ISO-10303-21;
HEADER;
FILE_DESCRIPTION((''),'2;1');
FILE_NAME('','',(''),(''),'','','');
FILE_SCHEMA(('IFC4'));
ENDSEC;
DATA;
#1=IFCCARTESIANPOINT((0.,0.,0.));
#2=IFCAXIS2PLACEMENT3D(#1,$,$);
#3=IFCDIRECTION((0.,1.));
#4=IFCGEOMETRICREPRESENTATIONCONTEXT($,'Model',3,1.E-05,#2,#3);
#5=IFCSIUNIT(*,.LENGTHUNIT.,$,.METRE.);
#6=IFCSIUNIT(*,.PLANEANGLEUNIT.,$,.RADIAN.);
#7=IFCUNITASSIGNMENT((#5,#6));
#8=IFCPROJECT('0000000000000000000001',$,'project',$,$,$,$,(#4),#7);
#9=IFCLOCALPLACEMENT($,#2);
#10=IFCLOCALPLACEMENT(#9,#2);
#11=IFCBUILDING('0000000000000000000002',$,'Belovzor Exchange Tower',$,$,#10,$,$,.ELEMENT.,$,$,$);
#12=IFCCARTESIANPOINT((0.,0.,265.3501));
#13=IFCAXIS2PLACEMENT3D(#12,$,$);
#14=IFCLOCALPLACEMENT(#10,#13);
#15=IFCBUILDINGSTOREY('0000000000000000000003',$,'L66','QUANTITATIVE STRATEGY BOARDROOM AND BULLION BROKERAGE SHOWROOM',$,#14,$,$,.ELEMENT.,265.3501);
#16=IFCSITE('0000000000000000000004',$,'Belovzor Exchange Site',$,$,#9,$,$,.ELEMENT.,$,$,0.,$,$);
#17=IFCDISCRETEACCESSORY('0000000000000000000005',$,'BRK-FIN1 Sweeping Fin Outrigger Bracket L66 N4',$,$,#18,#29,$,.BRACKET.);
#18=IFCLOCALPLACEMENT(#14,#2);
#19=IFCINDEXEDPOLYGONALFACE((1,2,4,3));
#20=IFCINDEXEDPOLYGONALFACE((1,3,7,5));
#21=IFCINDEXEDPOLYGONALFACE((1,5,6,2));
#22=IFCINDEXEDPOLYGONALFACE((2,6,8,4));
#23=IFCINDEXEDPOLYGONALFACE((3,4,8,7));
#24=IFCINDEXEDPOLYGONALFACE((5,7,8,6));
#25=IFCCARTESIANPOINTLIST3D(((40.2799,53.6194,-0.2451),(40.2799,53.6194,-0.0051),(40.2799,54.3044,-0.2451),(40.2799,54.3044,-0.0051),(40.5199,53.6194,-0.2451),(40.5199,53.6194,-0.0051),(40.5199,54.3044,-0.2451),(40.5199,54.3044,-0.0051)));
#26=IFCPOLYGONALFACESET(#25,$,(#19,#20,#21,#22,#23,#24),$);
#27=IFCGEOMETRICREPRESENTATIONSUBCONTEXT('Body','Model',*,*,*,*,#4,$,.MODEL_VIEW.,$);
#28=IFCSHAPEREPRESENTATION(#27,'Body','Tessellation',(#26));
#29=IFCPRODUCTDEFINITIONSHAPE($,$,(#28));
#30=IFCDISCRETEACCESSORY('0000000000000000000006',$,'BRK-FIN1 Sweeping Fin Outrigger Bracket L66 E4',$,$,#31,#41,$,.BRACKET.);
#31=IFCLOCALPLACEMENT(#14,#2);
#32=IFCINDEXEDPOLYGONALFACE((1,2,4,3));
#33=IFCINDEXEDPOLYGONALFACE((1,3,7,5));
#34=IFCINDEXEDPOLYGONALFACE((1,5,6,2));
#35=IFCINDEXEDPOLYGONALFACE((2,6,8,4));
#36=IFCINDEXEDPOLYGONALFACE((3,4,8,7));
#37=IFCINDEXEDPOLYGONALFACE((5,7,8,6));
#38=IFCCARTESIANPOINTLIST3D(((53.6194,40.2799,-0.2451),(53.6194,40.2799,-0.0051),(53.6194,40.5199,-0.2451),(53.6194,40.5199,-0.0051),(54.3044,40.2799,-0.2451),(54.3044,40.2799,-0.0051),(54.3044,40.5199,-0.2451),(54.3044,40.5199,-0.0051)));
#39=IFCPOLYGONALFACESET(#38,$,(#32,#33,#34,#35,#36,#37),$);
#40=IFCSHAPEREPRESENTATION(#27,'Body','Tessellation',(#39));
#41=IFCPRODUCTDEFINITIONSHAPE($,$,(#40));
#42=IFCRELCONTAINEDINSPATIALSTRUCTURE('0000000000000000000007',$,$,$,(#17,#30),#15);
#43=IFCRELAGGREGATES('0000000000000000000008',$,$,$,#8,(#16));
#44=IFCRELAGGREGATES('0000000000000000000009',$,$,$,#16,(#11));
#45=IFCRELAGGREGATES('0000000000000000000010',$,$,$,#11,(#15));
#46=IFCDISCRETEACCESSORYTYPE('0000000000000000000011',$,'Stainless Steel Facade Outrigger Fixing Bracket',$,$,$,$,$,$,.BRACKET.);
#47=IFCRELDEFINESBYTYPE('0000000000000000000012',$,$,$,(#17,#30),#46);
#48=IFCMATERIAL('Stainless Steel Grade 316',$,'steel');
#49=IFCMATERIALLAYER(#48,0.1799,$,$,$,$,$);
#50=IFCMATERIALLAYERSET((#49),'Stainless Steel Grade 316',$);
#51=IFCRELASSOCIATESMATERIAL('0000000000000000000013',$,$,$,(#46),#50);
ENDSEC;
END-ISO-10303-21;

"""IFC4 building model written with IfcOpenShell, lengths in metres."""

from ifc_helpers import new_model, si_unit, direction, frame, origin, origin_2d, place, context, subcontext, project, spatial, rectangle, extrude, material, layer, layer_set, type_object, element, save


model = new_model("IFC4")

# Units and contexts
model_context = context("Model", 3, precision=1e-05, world=origin(), true_north=direction((0.0, 1.0)))
body_context = subcontext(model_context, "Body", "Model", "MODEL_VIEW")
ifc_project = project(units=[si_unit("LENGTHUNIT", "METRE"), si_unit("PLANEANGLEUNIT", "RADIAN")], contexts=[model_context])

# Site, building, storey
site_placement = place(None, origin())
site = spatial("IfcSite", under=ifc_project, at=site_placement, Name="Belovzor Exchange Site", CompositionType="ELEMENT", RefElevation=0.0)
building_placement = place(site_placement, origin())
building = spatial("IfcBuilding", under=site, at=building_placement, Name="Belovzor Exchange Tower", CompositionType="ELEMENT")
storey_placement = place(building_placement, frame((0.0, 0.0, 265.3501)))
storey = spatial("IfcBuildingStorey", under=building, at=storey_placement, Name="L66", Description="QUANTITATIVE STRATEGY BOARDROOM AND BULLION BROKERAGE SHOWROOM", CompositionType="ELEMENT", Elevation=265.3501)

# Discrete accessories
ifc_material_1 = material(Name="Stainless Steel Grade 316", Category="steel")
ifc_layer_1 = layer(ifc_material_1, 0.1799)
ifc_layer_set_1 = layer_set([ifc_layer_1], Name="Stainless Steel Grade 316")
discrete_accessory_type = type_object("IfcDiscreteAccessoryType", Name="Stainless Steel Facade Outrigger Fixing Bracket", PredefinedType="BRACKET", material=ifc_layer_set_1)
for number, where, z_axis, x_axis, name in (
    (1, (40.3999, 53.9619, -0.2451), (0.0, 0.0, 1.0), (0.0, 1.0, 0.0), "BRK-FIN1 Sweeping Fin Outrigger Bracket L66 N4"),
    (2, (53.9619, 40.3999, -0.2451), (0.0, 0.0, 1.0), (1.0, 0.0, 0.0), "BRK-FIN1 Sweeping Fin Outrigger Bracket L66 E4"),
):
    element("IfcDiscreteAccessory", number, at=place(storey_placement, frame(where, z_axis=z_axis, x_axis=x_axis)), inside=storey, type_object=discrete_accessory_type, Name=name, PredefinedType="BRACKET", context=body_context, shape_type="SweptSolid", body=[
        extrude(rectangle(XDim=0.6851, YDim=0.24, at=origin_2d()), origin(), (0.0, 0.0, 1.0), 0.24),
    ])

save(model, "model.ifc")
